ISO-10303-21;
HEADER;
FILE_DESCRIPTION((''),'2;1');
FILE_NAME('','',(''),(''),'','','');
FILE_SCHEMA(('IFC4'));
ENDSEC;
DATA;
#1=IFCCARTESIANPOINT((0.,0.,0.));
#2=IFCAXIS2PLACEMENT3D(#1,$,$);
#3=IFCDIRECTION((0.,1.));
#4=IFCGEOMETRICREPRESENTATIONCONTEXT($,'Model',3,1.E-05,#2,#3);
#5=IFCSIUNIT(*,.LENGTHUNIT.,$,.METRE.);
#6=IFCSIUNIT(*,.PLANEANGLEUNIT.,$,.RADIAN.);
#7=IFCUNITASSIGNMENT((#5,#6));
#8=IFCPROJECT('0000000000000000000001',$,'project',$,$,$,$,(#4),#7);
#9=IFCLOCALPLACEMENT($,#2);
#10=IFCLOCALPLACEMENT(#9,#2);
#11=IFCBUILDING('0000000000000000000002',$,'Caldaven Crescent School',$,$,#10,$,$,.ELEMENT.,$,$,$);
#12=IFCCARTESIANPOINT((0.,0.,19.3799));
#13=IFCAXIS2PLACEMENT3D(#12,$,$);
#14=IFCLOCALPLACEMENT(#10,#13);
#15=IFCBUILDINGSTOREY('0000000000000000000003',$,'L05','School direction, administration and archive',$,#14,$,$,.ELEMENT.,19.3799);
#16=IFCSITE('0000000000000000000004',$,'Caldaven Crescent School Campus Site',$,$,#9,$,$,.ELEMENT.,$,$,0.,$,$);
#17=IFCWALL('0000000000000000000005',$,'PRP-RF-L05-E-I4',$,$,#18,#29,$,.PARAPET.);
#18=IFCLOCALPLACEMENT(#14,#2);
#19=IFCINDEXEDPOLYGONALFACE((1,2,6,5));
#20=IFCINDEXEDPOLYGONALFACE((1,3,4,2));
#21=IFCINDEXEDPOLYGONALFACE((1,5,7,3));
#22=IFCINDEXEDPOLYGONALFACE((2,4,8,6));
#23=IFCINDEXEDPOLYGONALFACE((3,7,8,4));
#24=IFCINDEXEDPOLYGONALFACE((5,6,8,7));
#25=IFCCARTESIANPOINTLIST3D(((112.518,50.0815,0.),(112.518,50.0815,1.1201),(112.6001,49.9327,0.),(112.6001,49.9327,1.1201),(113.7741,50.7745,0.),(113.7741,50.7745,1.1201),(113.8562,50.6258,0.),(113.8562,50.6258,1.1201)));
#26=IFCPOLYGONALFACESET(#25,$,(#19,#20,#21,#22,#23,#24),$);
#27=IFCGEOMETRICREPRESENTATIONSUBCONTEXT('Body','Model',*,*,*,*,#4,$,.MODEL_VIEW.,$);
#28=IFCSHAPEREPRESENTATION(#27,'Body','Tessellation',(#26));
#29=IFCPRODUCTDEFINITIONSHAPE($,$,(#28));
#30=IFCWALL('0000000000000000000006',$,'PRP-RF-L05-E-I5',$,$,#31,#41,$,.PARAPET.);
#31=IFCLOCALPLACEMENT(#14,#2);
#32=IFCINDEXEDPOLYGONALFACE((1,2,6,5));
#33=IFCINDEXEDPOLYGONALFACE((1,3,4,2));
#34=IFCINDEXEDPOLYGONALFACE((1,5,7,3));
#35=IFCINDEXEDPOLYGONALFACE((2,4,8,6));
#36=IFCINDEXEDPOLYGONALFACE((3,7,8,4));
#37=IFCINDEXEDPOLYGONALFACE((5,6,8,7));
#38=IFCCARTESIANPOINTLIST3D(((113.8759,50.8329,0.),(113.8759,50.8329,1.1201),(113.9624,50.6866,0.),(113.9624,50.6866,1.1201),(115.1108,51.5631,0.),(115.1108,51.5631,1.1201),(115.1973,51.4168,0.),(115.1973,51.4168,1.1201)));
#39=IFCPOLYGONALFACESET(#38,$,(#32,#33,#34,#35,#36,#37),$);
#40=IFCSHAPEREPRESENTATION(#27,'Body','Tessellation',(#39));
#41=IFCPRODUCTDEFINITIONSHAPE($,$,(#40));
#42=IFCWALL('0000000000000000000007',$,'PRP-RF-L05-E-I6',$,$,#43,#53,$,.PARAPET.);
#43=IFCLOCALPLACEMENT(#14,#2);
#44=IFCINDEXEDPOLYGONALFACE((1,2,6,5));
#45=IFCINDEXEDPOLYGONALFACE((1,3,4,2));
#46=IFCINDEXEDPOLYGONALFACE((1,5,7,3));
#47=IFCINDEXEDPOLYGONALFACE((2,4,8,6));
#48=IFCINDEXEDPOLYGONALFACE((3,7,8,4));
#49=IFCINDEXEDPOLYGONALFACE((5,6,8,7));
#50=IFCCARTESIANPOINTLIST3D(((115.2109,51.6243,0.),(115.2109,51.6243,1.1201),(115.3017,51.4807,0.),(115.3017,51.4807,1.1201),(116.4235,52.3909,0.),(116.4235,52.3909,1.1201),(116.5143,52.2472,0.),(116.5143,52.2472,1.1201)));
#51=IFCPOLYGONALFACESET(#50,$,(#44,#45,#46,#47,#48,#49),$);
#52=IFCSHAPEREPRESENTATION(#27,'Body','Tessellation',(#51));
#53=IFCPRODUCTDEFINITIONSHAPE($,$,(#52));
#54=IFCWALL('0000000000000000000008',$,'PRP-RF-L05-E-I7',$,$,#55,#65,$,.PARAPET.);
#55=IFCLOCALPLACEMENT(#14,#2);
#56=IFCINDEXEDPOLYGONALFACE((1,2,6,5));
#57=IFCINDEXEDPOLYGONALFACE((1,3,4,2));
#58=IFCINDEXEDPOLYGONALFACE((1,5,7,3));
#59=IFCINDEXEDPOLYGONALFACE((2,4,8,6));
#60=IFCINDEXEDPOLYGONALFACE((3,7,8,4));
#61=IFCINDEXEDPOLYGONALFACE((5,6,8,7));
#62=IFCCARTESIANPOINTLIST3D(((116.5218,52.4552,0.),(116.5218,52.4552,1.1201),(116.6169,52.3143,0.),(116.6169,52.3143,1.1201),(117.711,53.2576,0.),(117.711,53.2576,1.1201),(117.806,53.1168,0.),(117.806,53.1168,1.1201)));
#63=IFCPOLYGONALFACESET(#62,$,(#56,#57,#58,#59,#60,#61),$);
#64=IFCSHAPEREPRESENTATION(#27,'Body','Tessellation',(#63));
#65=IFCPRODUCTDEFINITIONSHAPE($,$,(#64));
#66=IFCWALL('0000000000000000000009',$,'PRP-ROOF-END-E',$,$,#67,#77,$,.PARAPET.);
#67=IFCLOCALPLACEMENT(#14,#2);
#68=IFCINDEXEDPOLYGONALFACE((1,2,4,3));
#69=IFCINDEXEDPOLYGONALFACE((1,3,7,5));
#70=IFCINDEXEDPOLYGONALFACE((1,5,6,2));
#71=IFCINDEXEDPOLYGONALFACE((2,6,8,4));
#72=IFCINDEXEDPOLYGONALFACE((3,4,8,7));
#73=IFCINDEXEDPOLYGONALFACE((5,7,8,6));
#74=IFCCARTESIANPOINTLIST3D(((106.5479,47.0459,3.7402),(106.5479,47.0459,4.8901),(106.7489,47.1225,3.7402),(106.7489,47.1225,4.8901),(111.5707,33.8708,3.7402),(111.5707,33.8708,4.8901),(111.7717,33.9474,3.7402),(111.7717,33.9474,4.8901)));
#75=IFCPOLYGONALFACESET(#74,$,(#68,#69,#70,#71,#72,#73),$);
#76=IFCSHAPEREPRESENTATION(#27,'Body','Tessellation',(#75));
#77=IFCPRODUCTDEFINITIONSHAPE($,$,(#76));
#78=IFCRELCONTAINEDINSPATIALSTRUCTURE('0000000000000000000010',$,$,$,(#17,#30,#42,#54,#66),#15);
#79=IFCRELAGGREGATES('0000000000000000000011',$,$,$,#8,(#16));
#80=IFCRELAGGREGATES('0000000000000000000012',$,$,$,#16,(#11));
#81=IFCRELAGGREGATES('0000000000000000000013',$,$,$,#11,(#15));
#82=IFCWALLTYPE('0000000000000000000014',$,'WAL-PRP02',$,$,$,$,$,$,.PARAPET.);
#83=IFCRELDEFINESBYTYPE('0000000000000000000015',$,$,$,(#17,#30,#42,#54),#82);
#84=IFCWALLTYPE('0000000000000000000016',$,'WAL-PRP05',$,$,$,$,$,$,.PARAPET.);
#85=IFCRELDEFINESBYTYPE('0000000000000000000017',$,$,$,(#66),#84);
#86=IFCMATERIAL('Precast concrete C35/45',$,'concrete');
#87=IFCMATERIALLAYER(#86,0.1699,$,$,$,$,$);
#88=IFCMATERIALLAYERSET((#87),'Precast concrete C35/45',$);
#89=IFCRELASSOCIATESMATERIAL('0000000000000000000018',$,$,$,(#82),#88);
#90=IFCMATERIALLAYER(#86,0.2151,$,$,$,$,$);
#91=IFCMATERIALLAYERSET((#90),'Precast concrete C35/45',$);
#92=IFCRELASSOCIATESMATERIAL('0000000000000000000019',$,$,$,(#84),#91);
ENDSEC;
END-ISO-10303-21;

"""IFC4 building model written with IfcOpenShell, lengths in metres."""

from ifc_helpers import new_model, si_unit, direction, frame, frame_2d, origin, place, context, subcontext, project, spatial, rectangle, extrude, material, layer, layer_set, type_object, element, save


model = new_model("IFC4")

# Units and contexts
model_context = context("Model", 3, precision=1e-05, world=origin(), true_north=direction((0.0, 1.0)))
body_context = subcontext(model_context, "Body", "Model", "MODEL_VIEW")
ifc_project = project(units=[si_unit("LENGTHUNIT", "METRE"), si_unit("PLANEANGLEUNIT", "RADIAN")], contexts=[model_context])

# Site, building, storey
site_placement = place(None, origin())
site = spatial("IfcSite", under=ifc_project, at=site_placement, Name="Caldaven Crescent School Campus Site", CompositionType="ELEMENT", RefElevation=0.0)
building_placement = place(site_placement, origin())
building = spatial("IfcBuilding", under=site, at=building_placement, Name="Caldaven Crescent School", CompositionType="ELEMENT")
storey_placement = place(building_placement, frame((0.0, 0.0, 19.3799)))
storey = spatial("IfcBuildingStorey", under=building, at=storey_placement, Name="L05", Description="School direction, administration and archive", CompositionType="ELEMENT", Elevation=19.3799)

# Walls
ifc_material_1 = material(Name="Precast concrete C35/45", Category="concrete")
ifc_layer_1 = layer(ifc_material_1, 0.1699)
ifc_layer_set_1 = layer_set([ifc_layer_1], Name="Precast concrete C35/45")
wall_type_1 = type_object("IfcWallType", Name="WAL-PRP02", PredefinedType="PARAPET", material=ifc_layer_set_1)
for number, where, z_axis, x_axis, name in (
    (1, (112.5591, 50.0071, 0.0), (0.0, 0.0, 1.0), (0.87555, 0.483127, 0.0), "PRP-RF-L05-E-I4"),
    (2, (113.9192, 50.7598, 0.0), (0.0, 0.0, 1.0), (0.860764, 0.509004, 0.0), "PRP-RF-L05-E-I5"),
    (3, (115.2563, 51.5525, 0.0), (0.0, 0.0, 1.0), (0.845262, 0.534351, 0.0), "PRP-RF-L05-E-I6"),
    (4, (116.5693, 52.3848, 0.0), (0.0, 0.0, 1.0), (0.828922, 0.559365, 0.0), "PRP-RF-L05-E-I7"),
):
    element("IfcWall", number, at=place(storey_placement, frame(where, z_axis=z_axis, x_axis=x_axis)), inside=storey, type_object=wall_type_1, Name=name, PredefinedType="PARAPET", context=body_context, shape_type="SweptSolid", body=[
        extrude(rectangle(XDim=1.4346, YDim=0.1699, at=frame_2d((0.7173, 0.0))), origin(), (0.0, 0.0, 1.0), 1.1201),
    ])
ifc_layer_2 = layer(ifc_material_1, 0.2151)
ifc_layer_set_2 = layer_set([ifc_layer_2], Name="Precast concrete C35/45")
wall_type_2 = type_object("IfcWallType", Name="WAL-PRP05", PredefinedType="PARAPET", material=ifc_layer_set_2)
wall_1_placement = place(storey_placement, frame((106.6484, 47.0842, 3.7402), z_axis=(0.0, 0.0, 1.0), x_axis=(0.356221, -0.934402, 0.0)))
element("IfcWall", 5, at=wall_1_placement, inside=storey, type_object=wall_type_2, Name="PRP-ROOF-END-E", PredefinedType="PARAPET", context=body_context, shape_type="SweptSolid", body=[
    extrude(rectangle(XDim=14.1001, YDim=0.2151, at=frame_2d((7.05, 0.0))), origin(), (0.0, 0.0, 1.0), 1.1499),
])

save(model, "model.ifc")
